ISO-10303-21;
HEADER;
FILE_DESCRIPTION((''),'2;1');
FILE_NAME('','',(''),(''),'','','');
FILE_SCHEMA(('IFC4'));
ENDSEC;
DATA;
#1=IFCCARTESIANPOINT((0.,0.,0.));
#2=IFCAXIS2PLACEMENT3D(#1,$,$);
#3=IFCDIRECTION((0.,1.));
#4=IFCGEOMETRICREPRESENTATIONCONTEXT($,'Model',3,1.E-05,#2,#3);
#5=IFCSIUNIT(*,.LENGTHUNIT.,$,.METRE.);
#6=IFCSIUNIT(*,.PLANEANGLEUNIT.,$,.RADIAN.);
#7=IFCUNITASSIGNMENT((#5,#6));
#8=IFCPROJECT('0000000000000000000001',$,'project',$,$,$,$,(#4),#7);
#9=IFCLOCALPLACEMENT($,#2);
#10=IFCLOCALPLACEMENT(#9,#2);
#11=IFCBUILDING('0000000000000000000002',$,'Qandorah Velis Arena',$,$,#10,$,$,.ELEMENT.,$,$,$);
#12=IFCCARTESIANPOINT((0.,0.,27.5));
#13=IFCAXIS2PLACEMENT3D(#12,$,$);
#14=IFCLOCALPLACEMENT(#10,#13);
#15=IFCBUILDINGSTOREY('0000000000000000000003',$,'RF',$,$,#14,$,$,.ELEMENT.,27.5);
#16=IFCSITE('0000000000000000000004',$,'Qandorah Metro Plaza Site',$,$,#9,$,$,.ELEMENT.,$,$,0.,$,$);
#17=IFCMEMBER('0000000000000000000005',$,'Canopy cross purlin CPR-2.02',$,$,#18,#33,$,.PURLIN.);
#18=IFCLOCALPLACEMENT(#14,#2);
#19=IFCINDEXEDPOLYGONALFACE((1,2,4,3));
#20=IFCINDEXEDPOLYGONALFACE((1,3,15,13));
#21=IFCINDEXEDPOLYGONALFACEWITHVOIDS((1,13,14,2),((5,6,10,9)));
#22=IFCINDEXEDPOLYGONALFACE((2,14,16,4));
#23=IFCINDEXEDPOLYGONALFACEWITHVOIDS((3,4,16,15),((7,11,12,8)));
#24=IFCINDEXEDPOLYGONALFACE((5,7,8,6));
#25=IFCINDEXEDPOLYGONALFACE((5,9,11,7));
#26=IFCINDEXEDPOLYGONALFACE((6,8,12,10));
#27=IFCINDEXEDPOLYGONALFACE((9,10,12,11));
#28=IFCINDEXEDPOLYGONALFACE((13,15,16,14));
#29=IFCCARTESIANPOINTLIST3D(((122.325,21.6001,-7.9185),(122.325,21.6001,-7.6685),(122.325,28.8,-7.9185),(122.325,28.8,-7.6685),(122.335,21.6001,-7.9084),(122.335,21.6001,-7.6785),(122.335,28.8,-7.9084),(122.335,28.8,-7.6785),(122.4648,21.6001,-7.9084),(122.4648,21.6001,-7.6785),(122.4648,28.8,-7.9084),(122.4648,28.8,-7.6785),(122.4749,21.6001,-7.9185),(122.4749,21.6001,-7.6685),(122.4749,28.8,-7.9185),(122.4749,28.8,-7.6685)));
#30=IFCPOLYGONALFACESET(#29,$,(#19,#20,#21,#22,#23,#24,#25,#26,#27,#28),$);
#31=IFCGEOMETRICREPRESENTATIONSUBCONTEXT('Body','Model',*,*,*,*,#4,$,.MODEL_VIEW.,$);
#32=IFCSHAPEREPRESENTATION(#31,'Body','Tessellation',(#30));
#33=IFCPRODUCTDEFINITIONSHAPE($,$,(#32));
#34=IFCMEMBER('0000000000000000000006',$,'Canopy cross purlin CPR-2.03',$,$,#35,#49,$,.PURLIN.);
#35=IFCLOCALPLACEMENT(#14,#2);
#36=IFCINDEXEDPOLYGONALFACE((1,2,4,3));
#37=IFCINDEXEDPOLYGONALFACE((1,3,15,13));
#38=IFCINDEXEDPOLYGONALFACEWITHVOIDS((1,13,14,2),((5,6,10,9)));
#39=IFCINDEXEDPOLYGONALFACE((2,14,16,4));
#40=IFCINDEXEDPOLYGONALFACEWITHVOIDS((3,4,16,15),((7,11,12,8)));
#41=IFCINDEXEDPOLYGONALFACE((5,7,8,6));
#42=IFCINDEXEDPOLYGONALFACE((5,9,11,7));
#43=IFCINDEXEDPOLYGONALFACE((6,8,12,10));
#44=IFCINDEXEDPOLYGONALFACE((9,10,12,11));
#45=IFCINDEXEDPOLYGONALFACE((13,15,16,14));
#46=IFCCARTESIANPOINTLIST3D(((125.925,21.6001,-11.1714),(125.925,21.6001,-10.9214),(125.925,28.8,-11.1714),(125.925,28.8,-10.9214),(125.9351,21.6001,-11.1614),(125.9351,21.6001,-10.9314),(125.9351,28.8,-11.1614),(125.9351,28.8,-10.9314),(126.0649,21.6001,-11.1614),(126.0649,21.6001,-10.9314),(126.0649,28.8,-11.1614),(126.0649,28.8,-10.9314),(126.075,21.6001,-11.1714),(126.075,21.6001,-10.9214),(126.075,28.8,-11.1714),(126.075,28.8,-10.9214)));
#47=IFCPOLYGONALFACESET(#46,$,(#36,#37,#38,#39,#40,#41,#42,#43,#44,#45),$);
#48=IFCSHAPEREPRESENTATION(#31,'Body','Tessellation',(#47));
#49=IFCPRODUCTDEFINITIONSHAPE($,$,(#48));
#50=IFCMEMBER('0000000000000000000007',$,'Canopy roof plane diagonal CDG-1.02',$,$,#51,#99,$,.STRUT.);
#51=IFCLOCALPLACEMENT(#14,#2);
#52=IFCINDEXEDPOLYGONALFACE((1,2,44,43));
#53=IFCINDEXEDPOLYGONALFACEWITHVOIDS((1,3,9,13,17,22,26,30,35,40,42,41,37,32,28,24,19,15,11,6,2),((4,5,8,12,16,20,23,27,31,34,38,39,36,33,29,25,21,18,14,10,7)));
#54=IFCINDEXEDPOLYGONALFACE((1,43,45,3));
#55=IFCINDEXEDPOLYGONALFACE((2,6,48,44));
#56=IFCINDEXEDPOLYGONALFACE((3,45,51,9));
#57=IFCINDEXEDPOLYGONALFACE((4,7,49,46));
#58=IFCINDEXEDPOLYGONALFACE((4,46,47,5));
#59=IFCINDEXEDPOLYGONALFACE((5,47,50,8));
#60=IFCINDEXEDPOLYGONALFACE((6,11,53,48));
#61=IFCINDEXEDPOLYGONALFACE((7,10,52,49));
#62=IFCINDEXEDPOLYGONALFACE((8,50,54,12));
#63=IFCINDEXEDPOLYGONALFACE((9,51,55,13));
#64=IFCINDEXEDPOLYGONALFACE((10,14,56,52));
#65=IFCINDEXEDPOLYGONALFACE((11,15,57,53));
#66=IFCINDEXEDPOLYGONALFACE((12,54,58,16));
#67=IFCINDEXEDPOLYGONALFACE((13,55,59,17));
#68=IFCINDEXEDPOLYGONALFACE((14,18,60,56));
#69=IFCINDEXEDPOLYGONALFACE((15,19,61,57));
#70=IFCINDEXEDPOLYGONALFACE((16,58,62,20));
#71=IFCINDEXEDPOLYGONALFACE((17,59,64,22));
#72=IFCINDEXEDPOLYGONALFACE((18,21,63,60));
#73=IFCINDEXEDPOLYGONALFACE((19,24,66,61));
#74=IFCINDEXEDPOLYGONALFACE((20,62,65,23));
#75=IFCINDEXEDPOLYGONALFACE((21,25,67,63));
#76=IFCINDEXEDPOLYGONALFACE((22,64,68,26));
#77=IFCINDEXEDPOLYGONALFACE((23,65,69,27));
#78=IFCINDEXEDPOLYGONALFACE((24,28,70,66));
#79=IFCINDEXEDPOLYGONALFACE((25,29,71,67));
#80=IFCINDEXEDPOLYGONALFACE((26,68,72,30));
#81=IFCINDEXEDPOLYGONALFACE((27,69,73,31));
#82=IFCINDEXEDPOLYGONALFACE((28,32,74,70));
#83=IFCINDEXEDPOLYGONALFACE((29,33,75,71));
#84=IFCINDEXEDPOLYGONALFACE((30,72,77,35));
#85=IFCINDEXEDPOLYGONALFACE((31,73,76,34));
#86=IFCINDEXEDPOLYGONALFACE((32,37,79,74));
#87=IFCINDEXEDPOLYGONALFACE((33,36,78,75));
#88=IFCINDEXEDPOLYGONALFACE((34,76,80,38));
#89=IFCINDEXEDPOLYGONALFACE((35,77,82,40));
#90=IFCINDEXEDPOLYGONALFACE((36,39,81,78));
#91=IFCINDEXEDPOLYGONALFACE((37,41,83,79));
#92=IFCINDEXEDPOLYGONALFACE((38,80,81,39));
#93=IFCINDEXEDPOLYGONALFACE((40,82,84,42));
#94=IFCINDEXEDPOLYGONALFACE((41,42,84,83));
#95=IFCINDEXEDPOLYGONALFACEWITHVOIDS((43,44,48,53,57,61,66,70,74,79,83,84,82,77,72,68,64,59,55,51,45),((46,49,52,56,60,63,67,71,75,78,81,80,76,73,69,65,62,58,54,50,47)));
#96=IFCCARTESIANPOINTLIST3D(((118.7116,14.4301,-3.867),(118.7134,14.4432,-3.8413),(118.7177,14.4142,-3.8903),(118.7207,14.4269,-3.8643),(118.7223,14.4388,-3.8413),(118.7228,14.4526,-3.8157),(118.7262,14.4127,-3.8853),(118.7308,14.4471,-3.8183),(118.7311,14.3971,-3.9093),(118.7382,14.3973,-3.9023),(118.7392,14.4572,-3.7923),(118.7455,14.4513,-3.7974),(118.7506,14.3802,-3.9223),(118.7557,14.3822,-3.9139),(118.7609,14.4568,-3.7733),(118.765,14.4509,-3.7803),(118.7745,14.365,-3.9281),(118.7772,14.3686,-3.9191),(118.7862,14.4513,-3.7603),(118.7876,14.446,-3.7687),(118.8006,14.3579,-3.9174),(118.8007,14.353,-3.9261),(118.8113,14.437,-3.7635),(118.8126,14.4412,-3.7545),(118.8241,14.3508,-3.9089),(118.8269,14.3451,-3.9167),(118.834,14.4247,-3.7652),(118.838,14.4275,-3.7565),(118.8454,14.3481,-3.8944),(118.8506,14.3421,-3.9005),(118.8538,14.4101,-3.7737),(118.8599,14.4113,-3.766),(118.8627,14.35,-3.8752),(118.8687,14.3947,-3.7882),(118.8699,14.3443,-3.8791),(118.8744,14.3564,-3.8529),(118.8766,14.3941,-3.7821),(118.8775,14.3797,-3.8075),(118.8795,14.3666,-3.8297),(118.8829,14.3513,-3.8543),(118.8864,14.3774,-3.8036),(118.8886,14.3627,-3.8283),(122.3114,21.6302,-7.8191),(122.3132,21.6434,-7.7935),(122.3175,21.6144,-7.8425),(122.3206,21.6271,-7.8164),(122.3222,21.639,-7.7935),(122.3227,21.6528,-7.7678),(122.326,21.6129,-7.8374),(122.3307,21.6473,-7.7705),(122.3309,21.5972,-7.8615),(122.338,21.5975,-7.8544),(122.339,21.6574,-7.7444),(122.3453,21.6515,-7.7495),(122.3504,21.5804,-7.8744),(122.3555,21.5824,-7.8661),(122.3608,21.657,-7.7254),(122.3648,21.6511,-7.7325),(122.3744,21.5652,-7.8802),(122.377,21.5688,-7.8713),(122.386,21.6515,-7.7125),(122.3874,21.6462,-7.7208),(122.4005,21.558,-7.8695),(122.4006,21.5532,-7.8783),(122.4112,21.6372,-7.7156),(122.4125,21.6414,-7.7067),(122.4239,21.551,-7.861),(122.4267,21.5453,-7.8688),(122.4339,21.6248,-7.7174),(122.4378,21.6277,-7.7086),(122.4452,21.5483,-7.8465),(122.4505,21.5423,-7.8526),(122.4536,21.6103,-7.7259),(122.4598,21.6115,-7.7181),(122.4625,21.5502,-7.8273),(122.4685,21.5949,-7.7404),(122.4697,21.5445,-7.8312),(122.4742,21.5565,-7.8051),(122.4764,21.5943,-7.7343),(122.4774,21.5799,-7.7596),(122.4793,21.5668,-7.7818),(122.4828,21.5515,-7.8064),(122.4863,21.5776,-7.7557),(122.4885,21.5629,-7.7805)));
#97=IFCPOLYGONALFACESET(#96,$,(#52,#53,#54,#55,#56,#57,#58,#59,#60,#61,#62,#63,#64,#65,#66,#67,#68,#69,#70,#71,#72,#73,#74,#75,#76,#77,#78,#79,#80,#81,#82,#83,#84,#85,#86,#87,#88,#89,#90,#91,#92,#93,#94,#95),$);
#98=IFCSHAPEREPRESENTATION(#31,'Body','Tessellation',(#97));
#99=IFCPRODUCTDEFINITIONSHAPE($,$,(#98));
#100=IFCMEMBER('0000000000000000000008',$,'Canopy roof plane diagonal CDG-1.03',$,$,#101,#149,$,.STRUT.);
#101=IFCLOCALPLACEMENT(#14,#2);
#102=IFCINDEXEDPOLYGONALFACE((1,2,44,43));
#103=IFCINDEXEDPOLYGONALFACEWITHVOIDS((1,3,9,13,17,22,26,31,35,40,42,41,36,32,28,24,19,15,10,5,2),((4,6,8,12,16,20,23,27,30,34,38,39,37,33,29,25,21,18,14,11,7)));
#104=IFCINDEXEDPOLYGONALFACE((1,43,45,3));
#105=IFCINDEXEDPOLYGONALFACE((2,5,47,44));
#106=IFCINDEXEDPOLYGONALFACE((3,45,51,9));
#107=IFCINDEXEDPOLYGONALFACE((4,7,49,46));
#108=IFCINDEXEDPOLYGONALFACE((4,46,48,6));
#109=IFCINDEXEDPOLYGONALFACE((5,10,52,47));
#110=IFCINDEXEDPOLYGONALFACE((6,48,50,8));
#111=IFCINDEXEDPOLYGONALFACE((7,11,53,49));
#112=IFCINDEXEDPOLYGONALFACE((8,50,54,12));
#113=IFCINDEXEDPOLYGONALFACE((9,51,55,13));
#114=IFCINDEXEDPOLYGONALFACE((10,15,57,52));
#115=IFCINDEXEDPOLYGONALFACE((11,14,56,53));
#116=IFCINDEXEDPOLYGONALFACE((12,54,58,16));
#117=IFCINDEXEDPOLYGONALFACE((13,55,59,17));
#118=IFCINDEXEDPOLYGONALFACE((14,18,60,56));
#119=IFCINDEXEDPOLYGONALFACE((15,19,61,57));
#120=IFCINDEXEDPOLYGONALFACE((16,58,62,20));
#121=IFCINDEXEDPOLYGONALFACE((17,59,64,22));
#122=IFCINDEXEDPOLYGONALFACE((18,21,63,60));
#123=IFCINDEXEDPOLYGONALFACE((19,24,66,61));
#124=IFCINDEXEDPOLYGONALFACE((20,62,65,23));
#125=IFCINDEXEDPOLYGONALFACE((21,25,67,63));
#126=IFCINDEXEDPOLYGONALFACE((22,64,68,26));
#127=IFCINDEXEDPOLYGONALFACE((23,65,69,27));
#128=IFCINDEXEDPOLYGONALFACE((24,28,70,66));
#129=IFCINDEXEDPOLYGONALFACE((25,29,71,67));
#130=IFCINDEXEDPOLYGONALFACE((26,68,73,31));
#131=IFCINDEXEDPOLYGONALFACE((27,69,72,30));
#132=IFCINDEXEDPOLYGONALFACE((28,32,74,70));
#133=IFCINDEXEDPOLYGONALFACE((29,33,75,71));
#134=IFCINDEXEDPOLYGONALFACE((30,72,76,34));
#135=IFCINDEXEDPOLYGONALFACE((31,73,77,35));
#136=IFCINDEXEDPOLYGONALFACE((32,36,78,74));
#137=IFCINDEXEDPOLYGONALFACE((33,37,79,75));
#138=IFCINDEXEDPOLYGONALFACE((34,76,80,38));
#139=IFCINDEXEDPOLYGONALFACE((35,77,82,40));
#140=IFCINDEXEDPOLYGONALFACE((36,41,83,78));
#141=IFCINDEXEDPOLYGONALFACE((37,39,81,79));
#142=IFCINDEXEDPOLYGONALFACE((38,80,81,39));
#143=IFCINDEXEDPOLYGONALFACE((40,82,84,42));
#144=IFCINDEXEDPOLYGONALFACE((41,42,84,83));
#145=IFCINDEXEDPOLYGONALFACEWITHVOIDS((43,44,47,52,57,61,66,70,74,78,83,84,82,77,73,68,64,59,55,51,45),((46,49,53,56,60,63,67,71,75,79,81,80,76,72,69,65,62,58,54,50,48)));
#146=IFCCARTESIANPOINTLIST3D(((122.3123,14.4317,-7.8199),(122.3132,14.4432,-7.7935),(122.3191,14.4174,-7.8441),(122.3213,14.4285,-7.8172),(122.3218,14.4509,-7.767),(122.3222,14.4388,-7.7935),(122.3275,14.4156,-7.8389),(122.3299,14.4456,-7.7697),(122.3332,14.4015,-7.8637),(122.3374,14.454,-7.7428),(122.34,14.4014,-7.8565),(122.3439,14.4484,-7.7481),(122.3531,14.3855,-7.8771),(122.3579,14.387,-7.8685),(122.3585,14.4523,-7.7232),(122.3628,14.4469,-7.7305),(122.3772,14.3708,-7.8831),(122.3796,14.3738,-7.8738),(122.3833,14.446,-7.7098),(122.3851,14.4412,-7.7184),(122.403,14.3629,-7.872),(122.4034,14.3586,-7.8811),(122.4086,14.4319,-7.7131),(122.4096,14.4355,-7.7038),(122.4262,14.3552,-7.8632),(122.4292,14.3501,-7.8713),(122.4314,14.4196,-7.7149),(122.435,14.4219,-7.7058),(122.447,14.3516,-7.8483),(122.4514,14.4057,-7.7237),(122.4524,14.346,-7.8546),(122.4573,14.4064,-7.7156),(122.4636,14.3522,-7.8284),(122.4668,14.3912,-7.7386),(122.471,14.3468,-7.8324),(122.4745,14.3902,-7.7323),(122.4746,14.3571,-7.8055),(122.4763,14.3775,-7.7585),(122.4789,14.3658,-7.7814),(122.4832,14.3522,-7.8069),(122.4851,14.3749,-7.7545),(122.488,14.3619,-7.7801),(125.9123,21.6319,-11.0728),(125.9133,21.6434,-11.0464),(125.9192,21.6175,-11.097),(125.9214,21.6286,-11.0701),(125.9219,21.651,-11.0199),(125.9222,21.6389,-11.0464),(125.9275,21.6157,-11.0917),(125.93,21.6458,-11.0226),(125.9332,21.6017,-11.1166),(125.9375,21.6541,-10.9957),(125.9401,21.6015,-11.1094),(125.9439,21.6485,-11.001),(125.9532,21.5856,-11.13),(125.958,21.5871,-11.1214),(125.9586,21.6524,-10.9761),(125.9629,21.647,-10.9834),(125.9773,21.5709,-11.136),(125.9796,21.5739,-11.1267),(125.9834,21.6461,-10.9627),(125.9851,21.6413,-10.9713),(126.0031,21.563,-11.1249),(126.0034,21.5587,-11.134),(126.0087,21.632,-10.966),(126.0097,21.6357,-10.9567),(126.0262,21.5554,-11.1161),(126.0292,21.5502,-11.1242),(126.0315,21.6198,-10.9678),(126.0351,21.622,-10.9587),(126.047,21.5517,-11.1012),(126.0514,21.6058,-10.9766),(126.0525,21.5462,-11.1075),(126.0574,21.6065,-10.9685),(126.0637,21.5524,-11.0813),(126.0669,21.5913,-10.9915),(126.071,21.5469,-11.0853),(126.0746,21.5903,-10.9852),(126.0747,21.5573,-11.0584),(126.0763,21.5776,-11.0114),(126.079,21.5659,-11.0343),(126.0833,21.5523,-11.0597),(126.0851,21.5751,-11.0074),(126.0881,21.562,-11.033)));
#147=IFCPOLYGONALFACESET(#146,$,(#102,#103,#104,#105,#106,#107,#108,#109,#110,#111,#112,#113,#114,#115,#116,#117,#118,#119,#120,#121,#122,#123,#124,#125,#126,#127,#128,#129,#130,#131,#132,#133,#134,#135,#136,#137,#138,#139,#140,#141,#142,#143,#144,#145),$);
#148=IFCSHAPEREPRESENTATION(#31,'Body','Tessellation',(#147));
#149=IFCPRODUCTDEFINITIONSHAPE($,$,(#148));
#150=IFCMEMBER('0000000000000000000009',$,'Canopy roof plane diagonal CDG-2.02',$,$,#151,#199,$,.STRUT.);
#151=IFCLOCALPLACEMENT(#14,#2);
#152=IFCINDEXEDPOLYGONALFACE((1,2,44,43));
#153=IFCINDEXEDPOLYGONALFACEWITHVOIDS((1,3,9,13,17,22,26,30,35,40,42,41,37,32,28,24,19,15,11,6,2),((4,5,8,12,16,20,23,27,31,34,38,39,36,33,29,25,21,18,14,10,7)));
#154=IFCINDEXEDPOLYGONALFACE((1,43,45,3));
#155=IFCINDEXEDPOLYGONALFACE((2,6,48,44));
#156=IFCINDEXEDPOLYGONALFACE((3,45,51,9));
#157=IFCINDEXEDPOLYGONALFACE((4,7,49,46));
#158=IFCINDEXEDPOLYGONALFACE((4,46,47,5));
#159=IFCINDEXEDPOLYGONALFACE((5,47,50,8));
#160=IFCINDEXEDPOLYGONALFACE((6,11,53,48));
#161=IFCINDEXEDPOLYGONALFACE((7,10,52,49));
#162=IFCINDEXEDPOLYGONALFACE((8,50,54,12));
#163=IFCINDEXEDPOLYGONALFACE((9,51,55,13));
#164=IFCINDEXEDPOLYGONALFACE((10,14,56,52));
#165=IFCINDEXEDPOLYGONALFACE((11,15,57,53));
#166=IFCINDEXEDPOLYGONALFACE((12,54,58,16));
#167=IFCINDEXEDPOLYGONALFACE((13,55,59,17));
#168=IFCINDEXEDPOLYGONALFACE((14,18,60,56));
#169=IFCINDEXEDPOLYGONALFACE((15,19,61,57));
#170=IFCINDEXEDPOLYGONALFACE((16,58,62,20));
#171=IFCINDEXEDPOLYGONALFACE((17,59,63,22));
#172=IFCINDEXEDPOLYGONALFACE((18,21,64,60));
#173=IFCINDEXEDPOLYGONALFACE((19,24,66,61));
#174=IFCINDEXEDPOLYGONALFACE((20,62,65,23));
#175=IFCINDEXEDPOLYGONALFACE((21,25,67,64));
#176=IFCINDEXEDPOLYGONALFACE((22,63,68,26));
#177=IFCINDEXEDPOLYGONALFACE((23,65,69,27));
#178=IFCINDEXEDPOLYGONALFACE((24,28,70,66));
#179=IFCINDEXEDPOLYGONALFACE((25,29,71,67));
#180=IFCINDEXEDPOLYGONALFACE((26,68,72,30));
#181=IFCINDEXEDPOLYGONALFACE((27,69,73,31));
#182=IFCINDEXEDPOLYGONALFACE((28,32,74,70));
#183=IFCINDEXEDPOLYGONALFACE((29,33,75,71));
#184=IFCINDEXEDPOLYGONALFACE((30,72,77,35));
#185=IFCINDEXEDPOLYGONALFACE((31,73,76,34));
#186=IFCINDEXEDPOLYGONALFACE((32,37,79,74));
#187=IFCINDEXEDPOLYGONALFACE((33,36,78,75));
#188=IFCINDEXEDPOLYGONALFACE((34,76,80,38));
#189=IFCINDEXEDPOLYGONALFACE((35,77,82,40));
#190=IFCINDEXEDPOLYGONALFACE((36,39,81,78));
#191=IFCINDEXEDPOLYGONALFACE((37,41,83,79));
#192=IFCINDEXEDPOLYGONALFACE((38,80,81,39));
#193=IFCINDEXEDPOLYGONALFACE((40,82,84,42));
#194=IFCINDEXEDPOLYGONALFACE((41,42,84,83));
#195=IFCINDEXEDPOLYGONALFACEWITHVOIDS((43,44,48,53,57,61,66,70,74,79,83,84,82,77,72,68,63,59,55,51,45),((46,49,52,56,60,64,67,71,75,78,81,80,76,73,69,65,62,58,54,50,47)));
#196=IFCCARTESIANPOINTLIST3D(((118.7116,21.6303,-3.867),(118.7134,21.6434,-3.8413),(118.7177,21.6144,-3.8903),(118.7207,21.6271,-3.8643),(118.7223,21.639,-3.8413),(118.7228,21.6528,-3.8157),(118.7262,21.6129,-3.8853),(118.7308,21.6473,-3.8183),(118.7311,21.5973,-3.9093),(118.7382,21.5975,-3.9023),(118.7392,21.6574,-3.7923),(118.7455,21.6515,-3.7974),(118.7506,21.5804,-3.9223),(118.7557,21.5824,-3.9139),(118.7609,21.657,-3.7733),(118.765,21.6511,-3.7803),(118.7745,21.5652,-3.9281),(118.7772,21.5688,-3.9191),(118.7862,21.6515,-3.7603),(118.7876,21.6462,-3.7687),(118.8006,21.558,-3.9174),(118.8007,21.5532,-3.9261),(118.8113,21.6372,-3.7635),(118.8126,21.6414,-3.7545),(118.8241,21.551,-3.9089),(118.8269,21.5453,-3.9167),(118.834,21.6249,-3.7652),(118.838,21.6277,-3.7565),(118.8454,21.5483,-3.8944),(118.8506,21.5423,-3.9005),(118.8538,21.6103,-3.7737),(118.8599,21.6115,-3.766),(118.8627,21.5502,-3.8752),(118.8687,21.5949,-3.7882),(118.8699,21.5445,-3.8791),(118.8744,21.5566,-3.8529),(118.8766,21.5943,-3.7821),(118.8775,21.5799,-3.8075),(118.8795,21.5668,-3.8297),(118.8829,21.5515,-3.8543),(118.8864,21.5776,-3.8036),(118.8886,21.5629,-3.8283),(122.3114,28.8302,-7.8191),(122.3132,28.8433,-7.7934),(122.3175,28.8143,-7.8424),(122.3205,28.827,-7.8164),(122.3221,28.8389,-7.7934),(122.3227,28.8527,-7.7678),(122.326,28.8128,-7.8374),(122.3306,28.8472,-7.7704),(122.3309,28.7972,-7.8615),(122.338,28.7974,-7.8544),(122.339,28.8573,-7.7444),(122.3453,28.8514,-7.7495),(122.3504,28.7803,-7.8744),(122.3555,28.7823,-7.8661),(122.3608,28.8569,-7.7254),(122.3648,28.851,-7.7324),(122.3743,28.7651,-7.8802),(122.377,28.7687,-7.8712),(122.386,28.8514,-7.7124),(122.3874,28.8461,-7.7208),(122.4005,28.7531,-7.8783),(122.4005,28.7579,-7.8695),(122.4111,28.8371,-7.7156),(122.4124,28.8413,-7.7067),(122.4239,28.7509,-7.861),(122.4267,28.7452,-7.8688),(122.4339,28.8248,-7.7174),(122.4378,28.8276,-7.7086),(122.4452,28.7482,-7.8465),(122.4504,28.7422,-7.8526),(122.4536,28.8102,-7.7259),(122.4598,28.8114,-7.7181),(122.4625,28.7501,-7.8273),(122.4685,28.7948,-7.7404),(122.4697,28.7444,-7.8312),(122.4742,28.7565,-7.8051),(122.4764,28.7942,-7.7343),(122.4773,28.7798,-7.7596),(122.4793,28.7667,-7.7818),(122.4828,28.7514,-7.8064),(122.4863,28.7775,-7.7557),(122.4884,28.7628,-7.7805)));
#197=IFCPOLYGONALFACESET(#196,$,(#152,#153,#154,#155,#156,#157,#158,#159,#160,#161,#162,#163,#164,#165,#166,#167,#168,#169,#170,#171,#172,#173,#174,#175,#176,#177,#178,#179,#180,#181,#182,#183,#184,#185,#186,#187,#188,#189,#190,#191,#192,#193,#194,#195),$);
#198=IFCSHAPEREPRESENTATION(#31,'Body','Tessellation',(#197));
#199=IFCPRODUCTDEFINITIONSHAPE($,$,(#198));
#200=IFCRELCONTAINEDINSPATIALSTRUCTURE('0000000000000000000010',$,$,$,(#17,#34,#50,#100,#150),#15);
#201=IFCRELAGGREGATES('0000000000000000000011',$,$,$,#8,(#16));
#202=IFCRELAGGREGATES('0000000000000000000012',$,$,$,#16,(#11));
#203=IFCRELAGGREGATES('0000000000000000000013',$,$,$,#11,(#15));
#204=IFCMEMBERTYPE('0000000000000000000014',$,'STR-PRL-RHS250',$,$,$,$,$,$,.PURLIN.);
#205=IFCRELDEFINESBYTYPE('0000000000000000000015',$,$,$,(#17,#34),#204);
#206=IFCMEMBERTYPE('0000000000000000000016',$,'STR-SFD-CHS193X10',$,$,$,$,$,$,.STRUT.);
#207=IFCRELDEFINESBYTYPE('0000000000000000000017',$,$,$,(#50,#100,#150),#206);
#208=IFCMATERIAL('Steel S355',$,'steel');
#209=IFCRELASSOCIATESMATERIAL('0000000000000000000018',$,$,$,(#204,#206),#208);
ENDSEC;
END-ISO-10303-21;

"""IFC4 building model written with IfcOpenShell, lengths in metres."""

from ifc_helpers import new_model, si_unit, direction, frame, origin, origin_2d, place, context, subcontext, project, spatial, hollow_rectangle, hollow_circle, extrude, material, material_profile, profile_set, type_object, element, save


model = new_model("IFC4")

# Units and contexts
model_context = context("Model", 3, precision=1e-05, world=origin(), true_north=direction((0.0, 1.0)))
body_context = subcontext(model_context, "Body", "Model", "MODEL_VIEW")
ifc_project = project(units=[si_unit("LENGTHUNIT", "METRE"), si_unit("PLANEANGLEUNIT", "RADIAN")], contexts=[model_context])

# Site, building, storey
site_placement = place(None, origin())
site = spatial("IfcSite", under=ifc_project, at=site_placement, Name="Qandorah Metro Plaza Site", CompositionType="ELEMENT", RefElevation=0.0)
building_placement = place(site_placement, origin())
building = spatial("IfcBuilding", under=site, at=building_placement, Name="Qandorah Velis Arena", CompositionType="ELEMENT")
storey_placement = place(building_placement, frame((0.0, 0.0, 27.5)))
storey = spatial("IfcBuildingStorey", under=building, at=storey_placement, Name="RF", CompositionType="ELEMENT", Elevation=27.5)

# Shared definitions
ifc_material_1 = material(Name="Steel S355", Category="steel")

# Members
ifc_material_profile_1 = material_profile(ifc_material_1, hollow_rectangle(XDim=0.1499, YDim=0.25, WallThickness=0.01, at=origin_2d()), Name="RHS 250x150x10")
ifc_profile_set_1 = profile_set([ifc_material_profile_1], Name="Steel S355")
member_type_1 = type_object("IfcMemberType", Name="STR-PRL-RHS250", PredefinedType="PURLIN", material=ifc_profile_set_1)
for number, where, z_axis, x_axis, name in (
    (1, (122.3999, 21.6001, -7.7935), (0.0, 1.0, 0.0), (-1.0, 0.0, 0.0), "Canopy cross purlin CPR-2.02"),
    (2, (126.0, 21.6001, -11.0464), (0.0, 1.0, 0.0), (-1.0, 0.0, 0.0), "Canopy cross purlin CPR-2.03"),
):
    element("IfcMember", number, at=place(storey_placement, frame(where, z_axis=z_axis, x_axis=x_axis)), inside=storey, type_object=member_type_1, Name=name, PredefinedType="PURLIN", context=body_context, shape_type="SweptSolid", body=[
        extrude(hollow_rectangle(XDim=0.1499, YDim=0.25, WallThickness=0.01, at=origin_2d()), origin(), (0.0, 0.0, 1.0), 7.2),
    ])
ifc_material_profile_2 = material_profile(ifc_material_1, hollow_circle(Radius=0.0969, WallThickness=0.01, at=origin_2d()), Name="CHS 193.7x10")
ifc_profile_set_2 = profile_set([ifc_material_profile_2], Name="Steel S355")
member_type_2 = type_object("IfcMemberType", Name="STR-SFD-CHS193X10", PredefinedType="STRUT", material=ifc_profile_set_2)
member_1_placement = place(storey_placement, frame((118.8, 14.3999, -3.8413), z_axis=(0.40142, 0.802895, -0.440705), x_axis=(-0.894439, 0.447189, 0.0)))
element("IfcMember", 3, at=member_1_placement, inside=storey, type_object=member_type_2, Name="Canopy roof plane diagonal CDG-1.02", PredefinedType="STRUT", context=body_context, shape_type="SweptSolid", body=[
    extrude(hollow_circle(Radius=0.0969, WallThickness=0.01, at=origin_2d()), origin(), (0.0, 0.0, 1.0), 8.9678),
])
member_2_placement = place(storey_placement, frame((122.3999, 14.3999, -7.7935), z_axis=(0.41464, 0.829281, -0.374655), x_axis=(-0.894427, 0.447214, 0.0)))
element("IfcMember", 4, at=member_2_placement, inside=storey, type_object=member_type_2, Name="Canopy roof plane diagonal CDG-1.03", PredefinedType="STRUT", context=body_context, shape_type="SweptSolid", body=[
    extrude(hollow_circle(Radius=0.0969, WallThickness=0.01, at=origin_2d()), origin(), (0.0, 0.0, 1.0), 8.6824),
])
member_3_placement = place(storey_placement, frame((118.8, 21.6001, -3.8413), z_axis=(0.401429, 0.802886, -0.440715), x_axis=(-0.894433, 0.447201, 0.0)))
element("IfcMember", 5, at=member_3_placement, inside=storey, type_object=member_type_2, Name="Canopy roof plane diagonal CDG-2.02", PredefinedType="STRUT", context=body_context, shape_type="SweptSolid", body=[
    extrude(hollow_circle(Radius=0.0969, WallThickness=0.01, at=origin_2d()), origin(), (0.0, 0.0, 1.0), 8.9675),
])

save(model, "model.ifc")
